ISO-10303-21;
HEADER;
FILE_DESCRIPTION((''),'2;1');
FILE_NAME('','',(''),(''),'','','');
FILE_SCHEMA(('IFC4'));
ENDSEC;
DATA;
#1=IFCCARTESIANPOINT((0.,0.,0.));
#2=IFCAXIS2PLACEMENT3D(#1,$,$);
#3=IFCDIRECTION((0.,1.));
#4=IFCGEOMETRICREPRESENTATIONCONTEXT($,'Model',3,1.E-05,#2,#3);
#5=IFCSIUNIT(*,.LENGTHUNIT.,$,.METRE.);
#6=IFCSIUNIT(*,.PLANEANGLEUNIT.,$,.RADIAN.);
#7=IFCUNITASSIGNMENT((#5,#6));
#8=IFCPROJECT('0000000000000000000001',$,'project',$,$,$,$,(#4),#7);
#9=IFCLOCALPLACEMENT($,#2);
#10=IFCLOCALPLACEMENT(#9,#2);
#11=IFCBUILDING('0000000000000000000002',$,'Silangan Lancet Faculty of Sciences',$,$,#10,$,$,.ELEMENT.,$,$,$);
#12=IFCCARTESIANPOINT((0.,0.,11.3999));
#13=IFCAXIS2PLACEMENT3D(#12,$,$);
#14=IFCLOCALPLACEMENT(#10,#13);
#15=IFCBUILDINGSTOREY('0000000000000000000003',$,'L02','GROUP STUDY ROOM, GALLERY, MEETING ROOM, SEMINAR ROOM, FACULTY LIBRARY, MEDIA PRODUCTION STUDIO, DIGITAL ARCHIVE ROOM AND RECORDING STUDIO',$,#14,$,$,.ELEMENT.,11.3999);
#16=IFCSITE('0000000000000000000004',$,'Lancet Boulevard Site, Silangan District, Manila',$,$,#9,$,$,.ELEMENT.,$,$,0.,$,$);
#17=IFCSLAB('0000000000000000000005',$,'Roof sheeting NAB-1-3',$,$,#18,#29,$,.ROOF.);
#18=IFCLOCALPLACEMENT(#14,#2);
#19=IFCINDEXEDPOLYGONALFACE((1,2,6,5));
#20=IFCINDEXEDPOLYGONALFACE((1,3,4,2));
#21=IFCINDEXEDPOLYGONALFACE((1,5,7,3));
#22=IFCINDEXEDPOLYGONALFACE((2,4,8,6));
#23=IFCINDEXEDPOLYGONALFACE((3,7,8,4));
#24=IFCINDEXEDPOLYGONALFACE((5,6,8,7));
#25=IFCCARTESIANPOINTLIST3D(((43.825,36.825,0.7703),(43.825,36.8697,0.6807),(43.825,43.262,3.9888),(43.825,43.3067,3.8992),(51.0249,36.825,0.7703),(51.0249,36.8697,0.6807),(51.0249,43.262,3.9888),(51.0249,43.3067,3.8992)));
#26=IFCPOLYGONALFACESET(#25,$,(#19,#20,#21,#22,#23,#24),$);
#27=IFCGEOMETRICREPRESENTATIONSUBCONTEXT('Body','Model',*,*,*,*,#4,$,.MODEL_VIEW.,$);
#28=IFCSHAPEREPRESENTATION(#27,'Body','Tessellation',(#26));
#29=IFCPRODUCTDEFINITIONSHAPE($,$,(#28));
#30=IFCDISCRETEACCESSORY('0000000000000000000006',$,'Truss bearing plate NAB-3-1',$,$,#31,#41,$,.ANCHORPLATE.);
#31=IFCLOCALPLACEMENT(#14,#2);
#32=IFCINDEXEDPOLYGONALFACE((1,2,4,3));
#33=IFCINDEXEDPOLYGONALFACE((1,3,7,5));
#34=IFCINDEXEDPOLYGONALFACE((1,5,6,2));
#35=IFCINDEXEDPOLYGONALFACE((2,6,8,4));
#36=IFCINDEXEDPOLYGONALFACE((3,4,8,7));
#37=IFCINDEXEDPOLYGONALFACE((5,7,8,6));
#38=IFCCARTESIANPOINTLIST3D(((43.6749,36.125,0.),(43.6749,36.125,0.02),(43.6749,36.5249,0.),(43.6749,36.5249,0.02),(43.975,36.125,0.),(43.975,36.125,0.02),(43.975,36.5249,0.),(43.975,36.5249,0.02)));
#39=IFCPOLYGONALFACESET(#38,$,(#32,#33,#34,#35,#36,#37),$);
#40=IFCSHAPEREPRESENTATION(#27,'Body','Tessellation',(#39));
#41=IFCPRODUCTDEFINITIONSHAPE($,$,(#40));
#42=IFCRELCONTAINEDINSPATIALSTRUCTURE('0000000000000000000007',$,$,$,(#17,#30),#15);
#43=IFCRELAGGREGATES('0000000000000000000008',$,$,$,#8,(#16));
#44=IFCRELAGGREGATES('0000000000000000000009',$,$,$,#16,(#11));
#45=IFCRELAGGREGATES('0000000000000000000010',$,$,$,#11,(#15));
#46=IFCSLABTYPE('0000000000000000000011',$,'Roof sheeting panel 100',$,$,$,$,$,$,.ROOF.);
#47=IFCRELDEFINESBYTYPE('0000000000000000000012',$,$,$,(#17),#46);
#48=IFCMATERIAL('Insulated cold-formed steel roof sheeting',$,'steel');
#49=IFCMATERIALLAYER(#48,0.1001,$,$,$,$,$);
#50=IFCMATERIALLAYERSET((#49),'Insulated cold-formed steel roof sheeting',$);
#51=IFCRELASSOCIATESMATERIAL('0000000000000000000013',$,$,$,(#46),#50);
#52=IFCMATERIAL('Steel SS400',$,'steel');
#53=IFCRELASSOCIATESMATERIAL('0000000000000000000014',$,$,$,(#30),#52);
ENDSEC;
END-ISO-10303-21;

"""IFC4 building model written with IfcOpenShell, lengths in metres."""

from ifc_helpers import new_model, si_unit, direction, frame, origin, origin_2d, place, context, subcontext, project, spatial, polyline, rectangle, outline, extrude, material, layer, layer_set, type_object, element, save


model = new_model("IFC4")

# Units and contexts
model_context = context("Model", 3, precision=1e-05, world=origin(), true_north=direction((0.0, 1.0)))
body_context = subcontext(model_context, "Body", "Model", "MODEL_VIEW")
ifc_project = project(units=[si_unit("LENGTHUNIT", "METRE"), si_unit("PLANEANGLEUNIT", "RADIAN")], contexts=[model_context])

# Site, building, storey
site_placement = place(None, origin())
site = spatial("IfcSite", under=ifc_project, at=site_placement, Name="Lancet Boulevard Site, Silangan District, Manila", CompositionType="ELEMENT", RefElevation=0.0)
building_placement = place(site_placement, origin())
building = spatial("IfcBuilding", under=site, at=building_placement, Name="Silangan Lancet Faculty of Sciences", CompositionType="ELEMENT")
storey_placement = place(building_placement, frame((0.0, 0.0, 11.3999)))
storey = spatial("IfcBuildingStorey", under=building, at=storey_placement, Name="L02", Description="GROUP STUDY ROOM, GALLERY, MEETING ROOM, SEMINAR ROOM, FACULTY LIBRARY, MEDIA PRODUCTION STUDIO, DIGITAL ARCHIVE ROOM AND RECORDING STUDIO", CompositionType="ELEMENT", Elevation=11.3999)

# Slab
ifc_material_1 = material(Name="Insulated cold-formed steel roof sheeting", Category="steel")
ifc_layer_1 = layer(ifc_material_1, 0.1001)
ifc_layer_set_1 = layer_set([ifc_layer_1], Name="Insulated cold-formed steel roof sheeting")
slab_type = type_object("IfcSlabType", Name="Roof sheeting panel 100", PredefinedType="ROOF", material=ifc_layer_set_1)
slab_placement = place(storey_placement, frame((43.825, 36.825, 0.7703), z_axis=(0.0, -0.447214, 0.894427), x_axis=(1.0, 0.0, 0.0)))
element("IfcSlab", 1, at=slab_placement, inside=storey, type_object=slab_type, Name="Roof sheeting NAB-1-3", PredefinedType="ROOF", context=body_context, shape_type="SweptSolid", body=[
    extrude(outline(polyline([(0.0, 0.0), (7.2, 0.0), (7.2, 7.1968), (0.0, 7.1968), (0.0, 0.0)])), origin(), (0.0, 0.0, -1.0), 0.1001),
])

# Discrete accessory
ifc_material_2 = material(Name="Steel SS400", Category="steel")
discrete_accessory_placement = place(storey_placement, frame((43.825, 36.325, 0.0), z_axis=(0.0, 0.0, 1.0), x_axis=(1.0, 0.0, 0.0)))
element("IfcDiscreteAccessory", 2, at=discrete_accessory_placement, inside=storey, material=ifc_material_2, Name="Truss bearing plate NAB-3-1", PredefinedType="ANCHORPLATE", context=body_context, shape_type="SweptSolid", body=[
    extrude(rectangle(XDim=0.3, YDim=0.3999, at=origin_2d()), origin(), (0.0, 0.0, 1.0), 0.02),
])

save(model, "model.ifc")
